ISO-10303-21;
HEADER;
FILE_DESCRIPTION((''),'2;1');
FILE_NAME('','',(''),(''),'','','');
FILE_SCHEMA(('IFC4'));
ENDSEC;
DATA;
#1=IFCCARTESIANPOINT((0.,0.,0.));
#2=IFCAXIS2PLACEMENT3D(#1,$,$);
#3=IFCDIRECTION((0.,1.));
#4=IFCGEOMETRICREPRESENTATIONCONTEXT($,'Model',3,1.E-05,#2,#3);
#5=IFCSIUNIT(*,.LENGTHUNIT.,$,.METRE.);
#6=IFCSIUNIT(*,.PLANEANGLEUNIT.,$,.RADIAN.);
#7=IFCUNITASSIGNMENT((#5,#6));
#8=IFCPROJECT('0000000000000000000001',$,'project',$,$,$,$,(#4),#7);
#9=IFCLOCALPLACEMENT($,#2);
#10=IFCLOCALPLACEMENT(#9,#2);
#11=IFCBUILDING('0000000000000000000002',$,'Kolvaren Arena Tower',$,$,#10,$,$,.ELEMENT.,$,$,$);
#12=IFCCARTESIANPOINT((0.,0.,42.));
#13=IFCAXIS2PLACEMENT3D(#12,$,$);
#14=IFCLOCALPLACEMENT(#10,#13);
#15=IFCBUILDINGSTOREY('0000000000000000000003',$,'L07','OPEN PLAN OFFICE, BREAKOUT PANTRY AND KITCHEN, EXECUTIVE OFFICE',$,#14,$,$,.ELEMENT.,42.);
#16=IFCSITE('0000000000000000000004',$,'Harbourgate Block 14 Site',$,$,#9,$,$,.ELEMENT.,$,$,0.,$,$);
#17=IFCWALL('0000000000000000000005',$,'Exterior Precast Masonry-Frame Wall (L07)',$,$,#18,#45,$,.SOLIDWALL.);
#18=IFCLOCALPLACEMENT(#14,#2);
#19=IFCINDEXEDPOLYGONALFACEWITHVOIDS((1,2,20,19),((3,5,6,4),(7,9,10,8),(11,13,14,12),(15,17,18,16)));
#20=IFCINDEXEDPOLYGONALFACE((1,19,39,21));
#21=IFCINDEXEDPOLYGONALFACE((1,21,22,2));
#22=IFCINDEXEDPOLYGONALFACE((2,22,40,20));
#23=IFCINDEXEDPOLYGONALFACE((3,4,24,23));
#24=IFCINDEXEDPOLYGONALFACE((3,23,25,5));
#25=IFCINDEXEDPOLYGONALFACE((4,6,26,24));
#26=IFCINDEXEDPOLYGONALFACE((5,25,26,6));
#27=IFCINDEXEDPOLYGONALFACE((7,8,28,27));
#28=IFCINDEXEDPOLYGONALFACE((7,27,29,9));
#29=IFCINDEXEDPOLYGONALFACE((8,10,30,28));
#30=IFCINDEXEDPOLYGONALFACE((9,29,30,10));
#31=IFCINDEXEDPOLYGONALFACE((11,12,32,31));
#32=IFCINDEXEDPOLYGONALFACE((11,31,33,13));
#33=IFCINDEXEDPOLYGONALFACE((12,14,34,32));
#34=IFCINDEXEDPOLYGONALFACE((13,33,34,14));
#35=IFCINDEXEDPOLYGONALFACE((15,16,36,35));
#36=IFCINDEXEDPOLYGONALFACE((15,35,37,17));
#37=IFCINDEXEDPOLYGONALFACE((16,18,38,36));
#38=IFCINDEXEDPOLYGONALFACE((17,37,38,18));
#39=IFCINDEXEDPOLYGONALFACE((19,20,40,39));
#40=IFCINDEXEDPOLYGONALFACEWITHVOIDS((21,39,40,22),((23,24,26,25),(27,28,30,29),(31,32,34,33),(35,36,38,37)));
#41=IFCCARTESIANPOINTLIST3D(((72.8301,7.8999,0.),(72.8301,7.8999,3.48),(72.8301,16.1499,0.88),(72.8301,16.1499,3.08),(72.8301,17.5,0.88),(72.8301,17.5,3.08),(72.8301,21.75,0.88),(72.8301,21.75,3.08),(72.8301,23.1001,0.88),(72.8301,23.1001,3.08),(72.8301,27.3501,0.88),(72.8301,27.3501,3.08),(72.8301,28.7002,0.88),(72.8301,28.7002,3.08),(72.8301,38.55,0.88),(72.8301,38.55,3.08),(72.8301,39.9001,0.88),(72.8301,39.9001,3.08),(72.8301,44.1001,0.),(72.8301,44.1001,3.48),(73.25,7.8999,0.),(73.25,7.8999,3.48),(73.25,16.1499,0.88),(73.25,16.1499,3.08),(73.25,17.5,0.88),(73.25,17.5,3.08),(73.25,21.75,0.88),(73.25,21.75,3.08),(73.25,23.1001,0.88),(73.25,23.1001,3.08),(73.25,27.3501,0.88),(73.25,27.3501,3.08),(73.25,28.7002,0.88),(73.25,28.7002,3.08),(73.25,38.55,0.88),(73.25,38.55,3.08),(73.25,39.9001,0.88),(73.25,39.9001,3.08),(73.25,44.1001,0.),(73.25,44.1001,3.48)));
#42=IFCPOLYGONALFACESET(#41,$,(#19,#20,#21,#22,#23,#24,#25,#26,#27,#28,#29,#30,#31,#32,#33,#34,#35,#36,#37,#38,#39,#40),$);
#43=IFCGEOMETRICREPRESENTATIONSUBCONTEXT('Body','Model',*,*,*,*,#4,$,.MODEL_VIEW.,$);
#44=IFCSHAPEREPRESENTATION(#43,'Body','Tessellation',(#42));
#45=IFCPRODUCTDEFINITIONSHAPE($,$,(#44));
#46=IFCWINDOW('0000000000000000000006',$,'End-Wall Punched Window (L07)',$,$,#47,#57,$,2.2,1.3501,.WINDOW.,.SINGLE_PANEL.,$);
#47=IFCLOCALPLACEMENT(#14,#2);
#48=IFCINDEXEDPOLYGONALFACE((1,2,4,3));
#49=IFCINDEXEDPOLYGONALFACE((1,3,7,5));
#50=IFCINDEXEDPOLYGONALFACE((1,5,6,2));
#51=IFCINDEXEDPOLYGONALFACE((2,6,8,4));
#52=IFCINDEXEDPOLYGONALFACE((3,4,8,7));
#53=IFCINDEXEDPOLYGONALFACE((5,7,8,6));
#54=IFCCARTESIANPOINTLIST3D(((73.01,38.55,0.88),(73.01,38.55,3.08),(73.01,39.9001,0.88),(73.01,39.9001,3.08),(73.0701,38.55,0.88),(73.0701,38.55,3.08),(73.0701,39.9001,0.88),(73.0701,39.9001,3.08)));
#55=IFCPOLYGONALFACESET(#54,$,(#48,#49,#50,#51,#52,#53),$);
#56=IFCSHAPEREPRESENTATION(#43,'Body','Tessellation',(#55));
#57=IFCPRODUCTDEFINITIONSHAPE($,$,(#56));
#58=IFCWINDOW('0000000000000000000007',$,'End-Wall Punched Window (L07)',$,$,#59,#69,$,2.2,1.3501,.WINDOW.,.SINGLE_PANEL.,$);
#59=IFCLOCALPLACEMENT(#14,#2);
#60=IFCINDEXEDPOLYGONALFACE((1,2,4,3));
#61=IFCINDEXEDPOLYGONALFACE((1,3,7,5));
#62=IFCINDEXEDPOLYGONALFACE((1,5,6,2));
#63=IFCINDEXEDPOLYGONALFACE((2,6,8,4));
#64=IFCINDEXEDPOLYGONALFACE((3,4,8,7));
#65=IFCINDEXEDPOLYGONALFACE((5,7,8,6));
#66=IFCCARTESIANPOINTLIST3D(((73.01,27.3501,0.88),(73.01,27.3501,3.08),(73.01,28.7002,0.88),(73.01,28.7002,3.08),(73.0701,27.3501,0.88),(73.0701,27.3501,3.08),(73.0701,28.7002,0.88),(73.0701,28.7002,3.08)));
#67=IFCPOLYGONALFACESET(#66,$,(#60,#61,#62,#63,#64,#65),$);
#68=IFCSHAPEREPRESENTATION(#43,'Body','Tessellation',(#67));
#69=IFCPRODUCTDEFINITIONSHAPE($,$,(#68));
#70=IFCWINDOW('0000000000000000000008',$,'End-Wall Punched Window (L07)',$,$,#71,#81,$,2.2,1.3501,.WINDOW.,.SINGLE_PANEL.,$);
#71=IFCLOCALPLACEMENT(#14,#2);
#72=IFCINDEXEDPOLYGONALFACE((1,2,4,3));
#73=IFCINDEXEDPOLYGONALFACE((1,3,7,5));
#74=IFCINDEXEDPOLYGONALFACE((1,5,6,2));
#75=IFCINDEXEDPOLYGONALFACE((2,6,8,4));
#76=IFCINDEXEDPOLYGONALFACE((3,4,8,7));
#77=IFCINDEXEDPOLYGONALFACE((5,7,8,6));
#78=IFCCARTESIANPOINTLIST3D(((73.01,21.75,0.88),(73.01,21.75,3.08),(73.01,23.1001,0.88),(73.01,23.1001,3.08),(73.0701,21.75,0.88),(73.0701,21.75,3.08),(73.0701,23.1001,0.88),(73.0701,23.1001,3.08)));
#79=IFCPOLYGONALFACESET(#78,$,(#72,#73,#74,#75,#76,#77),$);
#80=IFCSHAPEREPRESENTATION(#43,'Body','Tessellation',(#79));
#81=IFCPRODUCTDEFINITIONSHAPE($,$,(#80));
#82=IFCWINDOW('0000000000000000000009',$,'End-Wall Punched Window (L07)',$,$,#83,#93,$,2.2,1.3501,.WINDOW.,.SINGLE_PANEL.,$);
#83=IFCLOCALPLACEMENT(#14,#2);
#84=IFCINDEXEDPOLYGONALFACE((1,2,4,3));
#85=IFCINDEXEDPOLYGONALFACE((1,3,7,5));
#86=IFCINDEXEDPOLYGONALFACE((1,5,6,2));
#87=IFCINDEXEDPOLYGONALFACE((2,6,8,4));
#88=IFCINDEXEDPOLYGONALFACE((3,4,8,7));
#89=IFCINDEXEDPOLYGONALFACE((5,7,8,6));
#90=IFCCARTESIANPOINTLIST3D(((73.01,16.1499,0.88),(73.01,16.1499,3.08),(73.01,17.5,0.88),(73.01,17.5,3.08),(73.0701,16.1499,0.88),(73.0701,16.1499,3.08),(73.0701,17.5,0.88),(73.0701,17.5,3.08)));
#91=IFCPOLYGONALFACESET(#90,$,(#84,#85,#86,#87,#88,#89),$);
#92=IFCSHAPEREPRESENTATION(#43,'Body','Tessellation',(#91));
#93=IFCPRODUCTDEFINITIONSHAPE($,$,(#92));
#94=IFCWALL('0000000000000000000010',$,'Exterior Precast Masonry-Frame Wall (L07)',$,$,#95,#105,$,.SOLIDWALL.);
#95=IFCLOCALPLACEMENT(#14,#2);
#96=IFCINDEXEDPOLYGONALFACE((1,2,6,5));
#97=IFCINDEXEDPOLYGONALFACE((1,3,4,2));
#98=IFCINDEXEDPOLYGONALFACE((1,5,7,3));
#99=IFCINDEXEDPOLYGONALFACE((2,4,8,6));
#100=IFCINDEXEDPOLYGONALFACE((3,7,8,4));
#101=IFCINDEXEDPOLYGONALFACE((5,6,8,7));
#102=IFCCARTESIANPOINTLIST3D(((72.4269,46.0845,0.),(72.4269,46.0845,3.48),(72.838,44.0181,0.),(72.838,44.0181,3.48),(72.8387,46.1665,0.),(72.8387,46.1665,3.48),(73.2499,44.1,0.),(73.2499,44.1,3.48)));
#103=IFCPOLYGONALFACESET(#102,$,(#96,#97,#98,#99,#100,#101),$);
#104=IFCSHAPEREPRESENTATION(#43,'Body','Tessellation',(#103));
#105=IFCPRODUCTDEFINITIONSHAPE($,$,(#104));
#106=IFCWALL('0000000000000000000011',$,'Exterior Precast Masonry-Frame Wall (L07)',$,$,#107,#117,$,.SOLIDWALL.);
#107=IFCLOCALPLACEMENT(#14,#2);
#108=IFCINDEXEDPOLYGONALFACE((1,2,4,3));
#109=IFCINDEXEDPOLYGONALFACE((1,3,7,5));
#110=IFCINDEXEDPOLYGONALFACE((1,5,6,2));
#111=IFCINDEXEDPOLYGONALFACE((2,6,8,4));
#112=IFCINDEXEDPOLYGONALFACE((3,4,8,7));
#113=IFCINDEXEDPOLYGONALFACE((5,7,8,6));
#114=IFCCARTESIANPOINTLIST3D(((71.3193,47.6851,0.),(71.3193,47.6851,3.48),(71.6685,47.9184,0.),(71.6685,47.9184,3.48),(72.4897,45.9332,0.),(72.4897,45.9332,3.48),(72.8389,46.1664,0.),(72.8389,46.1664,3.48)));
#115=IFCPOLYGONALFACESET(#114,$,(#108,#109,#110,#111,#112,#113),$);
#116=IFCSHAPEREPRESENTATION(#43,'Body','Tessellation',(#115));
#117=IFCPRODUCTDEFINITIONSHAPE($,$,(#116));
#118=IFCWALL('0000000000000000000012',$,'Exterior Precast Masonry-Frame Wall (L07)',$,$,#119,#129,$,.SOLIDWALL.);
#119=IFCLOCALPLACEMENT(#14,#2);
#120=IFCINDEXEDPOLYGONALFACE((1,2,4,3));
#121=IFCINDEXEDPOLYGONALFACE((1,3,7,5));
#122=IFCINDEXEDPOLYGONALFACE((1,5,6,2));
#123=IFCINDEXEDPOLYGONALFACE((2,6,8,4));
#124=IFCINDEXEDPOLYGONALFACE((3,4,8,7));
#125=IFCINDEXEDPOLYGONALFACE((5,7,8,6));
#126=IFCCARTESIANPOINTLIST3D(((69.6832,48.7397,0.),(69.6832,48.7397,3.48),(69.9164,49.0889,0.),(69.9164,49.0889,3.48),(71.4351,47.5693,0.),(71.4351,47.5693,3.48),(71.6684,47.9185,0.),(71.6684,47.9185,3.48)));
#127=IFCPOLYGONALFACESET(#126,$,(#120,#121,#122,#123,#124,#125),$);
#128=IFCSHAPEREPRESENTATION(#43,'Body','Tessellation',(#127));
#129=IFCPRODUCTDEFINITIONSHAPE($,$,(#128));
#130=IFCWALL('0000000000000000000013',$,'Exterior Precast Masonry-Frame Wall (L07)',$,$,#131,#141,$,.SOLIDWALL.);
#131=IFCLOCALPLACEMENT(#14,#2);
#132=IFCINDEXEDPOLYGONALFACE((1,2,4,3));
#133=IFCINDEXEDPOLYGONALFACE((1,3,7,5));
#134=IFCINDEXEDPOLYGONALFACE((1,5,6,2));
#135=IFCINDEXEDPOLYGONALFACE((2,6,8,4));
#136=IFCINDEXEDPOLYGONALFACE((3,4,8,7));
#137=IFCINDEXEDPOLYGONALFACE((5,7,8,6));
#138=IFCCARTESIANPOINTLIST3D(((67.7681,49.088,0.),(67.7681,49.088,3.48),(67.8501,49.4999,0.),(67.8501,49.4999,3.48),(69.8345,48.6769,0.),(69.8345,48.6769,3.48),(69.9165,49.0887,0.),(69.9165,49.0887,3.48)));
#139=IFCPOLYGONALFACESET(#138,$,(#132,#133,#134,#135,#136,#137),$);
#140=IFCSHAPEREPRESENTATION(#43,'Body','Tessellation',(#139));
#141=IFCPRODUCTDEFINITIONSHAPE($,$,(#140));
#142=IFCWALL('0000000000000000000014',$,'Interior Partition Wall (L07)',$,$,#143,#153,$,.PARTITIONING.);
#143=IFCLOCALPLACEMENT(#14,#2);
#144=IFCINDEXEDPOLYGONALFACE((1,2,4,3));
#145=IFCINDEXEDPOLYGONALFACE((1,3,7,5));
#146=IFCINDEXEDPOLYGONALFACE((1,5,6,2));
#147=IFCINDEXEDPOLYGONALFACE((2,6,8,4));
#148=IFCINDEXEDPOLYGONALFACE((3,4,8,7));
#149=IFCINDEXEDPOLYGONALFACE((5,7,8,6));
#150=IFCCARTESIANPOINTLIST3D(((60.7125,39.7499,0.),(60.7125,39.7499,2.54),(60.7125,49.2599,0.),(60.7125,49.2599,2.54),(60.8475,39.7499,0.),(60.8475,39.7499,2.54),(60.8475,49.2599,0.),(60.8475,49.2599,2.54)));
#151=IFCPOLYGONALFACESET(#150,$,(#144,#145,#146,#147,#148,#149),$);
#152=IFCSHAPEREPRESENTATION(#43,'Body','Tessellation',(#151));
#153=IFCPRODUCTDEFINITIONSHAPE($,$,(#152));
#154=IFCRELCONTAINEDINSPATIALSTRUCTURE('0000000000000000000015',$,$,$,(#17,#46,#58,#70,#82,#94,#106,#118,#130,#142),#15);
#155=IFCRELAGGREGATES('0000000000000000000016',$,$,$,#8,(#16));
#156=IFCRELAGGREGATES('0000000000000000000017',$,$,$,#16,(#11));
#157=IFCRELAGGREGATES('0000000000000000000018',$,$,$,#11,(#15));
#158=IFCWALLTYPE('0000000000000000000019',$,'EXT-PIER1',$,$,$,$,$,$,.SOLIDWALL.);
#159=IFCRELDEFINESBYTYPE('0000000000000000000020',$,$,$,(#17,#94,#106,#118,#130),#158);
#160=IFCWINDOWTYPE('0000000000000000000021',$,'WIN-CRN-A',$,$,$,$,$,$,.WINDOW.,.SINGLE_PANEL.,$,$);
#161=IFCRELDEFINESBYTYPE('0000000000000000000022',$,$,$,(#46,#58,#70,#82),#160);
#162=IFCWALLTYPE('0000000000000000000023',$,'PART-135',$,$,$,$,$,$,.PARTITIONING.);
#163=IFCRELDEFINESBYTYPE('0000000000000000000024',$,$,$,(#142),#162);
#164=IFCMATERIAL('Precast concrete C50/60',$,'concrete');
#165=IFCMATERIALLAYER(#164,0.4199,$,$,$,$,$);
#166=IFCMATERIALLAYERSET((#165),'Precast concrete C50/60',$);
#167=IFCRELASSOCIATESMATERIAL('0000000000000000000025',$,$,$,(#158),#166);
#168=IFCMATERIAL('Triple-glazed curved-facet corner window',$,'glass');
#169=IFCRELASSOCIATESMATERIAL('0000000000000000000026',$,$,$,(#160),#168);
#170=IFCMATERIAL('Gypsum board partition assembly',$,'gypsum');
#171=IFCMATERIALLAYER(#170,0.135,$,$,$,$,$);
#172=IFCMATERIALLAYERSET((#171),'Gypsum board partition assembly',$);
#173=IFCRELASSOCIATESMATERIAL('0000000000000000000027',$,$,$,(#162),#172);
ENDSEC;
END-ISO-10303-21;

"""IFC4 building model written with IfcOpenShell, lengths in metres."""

from ifc_helpers import new_model, si_unit, direction, frame, frame_2d, origin, place, context, subcontext, project, spatial, rectangle, extrude, material, layer, layer_set, type_object, element, fill, save


model = new_model("IFC4")

# Units and contexts
model_context = context("Model", 3, precision=1e-05, world=origin(), true_north=direction((0.0, 1.0)))
body_context = subcontext(model_context, "Body", "Model", "MODEL_VIEW")
ifc_project = project(units=[si_unit("LENGTHUNIT", "METRE"), si_unit("PLANEANGLEUNIT", "RADIAN")], contexts=[model_context])

# Site, building, storey
site_placement = place(None, origin())
site = spatial("IfcSite", under=ifc_project, at=site_placement, Name="Harbourgate Block 14 Site", CompositionType="ELEMENT", RefElevation=0.0)
building_placement = place(site_placement, origin())
building = spatial("IfcBuilding", under=site, at=building_placement, Name="Kolvaren Arena Tower", CompositionType="ELEMENT")
storey_placement = place(building_placement, frame((0.0, 0.0, 42.0)))
storey = spatial("IfcBuildingStorey", under=building, at=storey_placement, Name="L07", Description="OPEN PLAN OFFICE, BREAKOUT PANTRY AND KITCHEN, EXECUTIVE OFFICE", CompositionType="ELEMENT", Elevation=42.0)

# Wall, openings, windows
ifc_material_1 = material(Name="Precast concrete C50/60", Category="concrete")
ifc_layer_1 = layer(ifc_material_1, 0.4199)
ifc_layer_set_1 = layer_set([ifc_layer_1], Name="Precast concrete C50/60")
wall_type_1 = type_object("IfcWallType", Name="EXT-PIER1", PredefinedType="SOLIDWALL", material=ifc_layer_set_1)
wall_1_placement = place(storey_placement, frame((73.04, 44.1001, 0.0), z_axis=(0.0, 0.0, 1.0), x_axis=(0.0, -1.0, 0.0)))
wall_1 = element("IfcWall", 1, at=wall_1_placement, inside=storey, type_object=wall_type_1, Name="Exterior Precast Masonry-Frame Wall (L07)", PredefinedType="SOLIDWALL", context=body_context, shape_type="SweptSolid", body=[
    extrude(rectangle(XDim=36.2002, YDim=0.4199, at=frame_2d((18.1001, 0.0))), origin(), (0.0, 0.0, 1.0), 3.48),
])
opening_1_placement = place(wall_1_placement, frame((4.2, 0.0, 0.8799)))
opening_1 = element("IfcOpeningElement", 2, at=opening_1_placement, cuts=wall_1, PredefinedType="OPENING", context=body_context, shape_type="SweptSolid", body=[
    extrude(rectangle(XDim=1.3501, YDim=2.2, at=frame_2d((0.675, 1.1001))), frame((0.0, 0.22, 0.0), z_axis=(0.0, -1.0, 0.0), x_axis=(1.0, 0.0, 0.0)), (0.0, 0.0, 1.0), 0.4399),
])
opening_2_placement = place(wall_1_placement, frame((15.3999, 0.0, 0.8799)))
opening_2 = element("IfcOpeningElement", 3, at=opening_2_placement, cuts=wall_1, PredefinedType="OPENING", context=body_context, shape_type="SweptSolid", body=[
    extrude(rectangle(XDim=1.3501, YDim=2.2, at=frame_2d((0.675, 1.1001))), frame((0.0, 0.22, 0.0), z_axis=(0.0, -1.0, 0.0), x_axis=(1.0, 0.0, 0.0)), (0.0, 0.0, 1.0), 0.4399),
])
opening_3_placement = place(wall_1_placement, frame((21.0, 0.0, 0.8799)))
opening_3 = element("IfcOpeningElement", 4, at=opening_3_placement, cuts=wall_1, PredefinedType="OPENING", context=body_context, shape_type="SweptSolid", body=[
    extrude(rectangle(XDim=1.3501, YDim=2.2, at=frame_2d((0.675, 1.1001))), frame((0.0, 0.22, 0.0), z_axis=(0.0, -1.0, 0.0), x_axis=(1.0, 0.0, 0.0)), (0.0, 0.0, 1.0), 0.4399),
])
opening_4_placement = place(wall_1_placement, frame((26.6001, 0.0, 0.8799)))
opening_4 = element("IfcOpeningElement", 5, at=opening_4_placement, cuts=wall_1, PredefinedType="OPENING", context=body_context, shape_type="SweptSolid", body=[
    extrude(rectangle(XDim=1.3501, YDim=2.2, at=frame_2d((0.675, 1.1001))), frame((0.0, 0.22, 0.0), z_axis=(0.0, -1.0, 0.0), x_axis=(1.0, 0.0, 0.0)), (0.0, 0.0, 1.0), 0.4399),
])
ifc_material_2 = material(Name="Triple-glazed curved-facet corner window", Category="glass")
window_type = type_object("IfcWindowType", Name="WIN-CRN-A", PartitioningType="SINGLE_PANEL", PredefinedType="WINDOW", material=ifc_material_2)
window_1_placement = place(opening_1_placement, origin())
window_1 = element("IfcWindow", 6, at=window_1_placement, inside=storey, type_object=window_type, Name="End-Wall Punched Window (L07)", OverallHeight=2.2, OverallWidth=1.3501, PartitioningType="SINGLE_PANEL", PredefinedType="WINDOW", context=body_context, shape_type="SweptSolid", body=[
    extrude(rectangle(XDim=1.3501, YDim=2.2, at=frame_2d((0.675, 1.1001))), frame((0.0, 0.03, 0.0), z_axis=(0.0, -1.0, 0.0), x_axis=(1.0, 0.0, 0.0)), (0.0, 0.0, 1.0), 0.0601),
])
fill(opening_1, window_1)
window_2_placement = place(opening_2_placement, origin())
window_2 = element("IfcWindow", 7, at=window_2_placement, inside=storey, type_object=window_type, Name="End-Wall Punched Window (L07)", OverallHeight=2.2, OverallWidth=1.3501, PartitioningType="SINGLE_PANEL", PredefinedType="WINDOW", context=body_context, shape_type="SweptSolid", body=[
    extrude(rectangle(XDim=1.3501, YDim=2.2, at=frame_2d((0.675, 1.1001))), frame((0.0, 0.03, 0.0), z_axis=(0.0, -1.0, 0.0), x_axis=(1.0, 0.0, 0.0)), (0.0, 0.0, 1.0), 0.0601),
])
fill(opening_2, window_2)
window_3_placement = place(opening_3_placement, origin())
window_3 = element("IfcWindow", 8, at=window_3_placement, inside=storey, type_object=window_type, Name="End-Wall Punched Window (L07)", OverallHeight=2.2, OverallWidth=1.3501, PartitioningType="SINGLE_PANEL", PredefinedType="WINDOW", context=body_context, shape_type="SweptSolid", body=[
    extrude(rectangle(XDim=1.3501, YDim=2.2, at=frame_2d((0.675, 1.1001))), frame((0.0, 0.03, 0.0), z_axis=(0.0, -1.0, 0.0), x_axis=(1.0, 0.0, 0.0)), (0.0, 0.0, 1.0), 0.0601),
])
fill(opening_3, window_3)
window_4_placement = place(opening_4_placement, origin())
window_4 = element("IfcWindow", 9, at=window_4_placement, inside=storey, type_object=window_type, Name="End-Wall Punched Window (L07)", OverallHeight=2.2, OverallWidth=1.3501, PartitioningType="SINGLE_PANEL", PredefinedType="WINDOW", context=body_context, shape_type="SweptSolid", body=[
    extrude(rectangle(XDim=1.3501, YDim=2.2, at=frame_2d((0.675, 1.1001))), frame((0.0, 0.03, 0.0), z_axis=(0.0, -1.0, 0.0), x_axis=(1.0, 0.0, 0.0)), (0.0, 0.0, 1.0), 0.0601),
])
fill(opening_4, window_4)

# Walls
for number, where, z_axis, x_axis, name in (
    (10, (72.6328, 46.1255, 0.0), (0.0, 0.0, 1.0), (0.195136, -0.980776, 0.0), "Exterior Precast Masonry-Frame Wall (L07)"),
    (11, (71.4939, 47.8018, 0.0), (0.0, 0.0, 1.0), (0.555502, -0.831515, 0.0), "Exterior Precast Masonry-Frame Wall (L07)"),
    (12, (69.7998, 48.9143, 0.0), (0.0, 0.0, 1.0), (0.831515, -0.555502, 0.0), "Exterior Precast Masonry-Frame Wall (L07)"),
    (13, (67.8091, 49.2939, 0.0), (0.0, 0.0, 1.0), (0.980776, -0.195136, 0.0), "Exterior Precast Masonry-Frame Wall (L07)"),
):
    element("IfcWall", number, at=place(storey_placement, frame(where, z_axis=z_axis, x_axis=x_axis)), inside=storey, type_object=wall_type_1, Name=name, PredefinedType="SOLIDWALL", context=body_context, shape_type="SweptSolid", body=[
        extrude(rectangle(XDim=2.1069, YDim=0.4199, at=frame_2d((1.0535, 0.0))), origin(), (0.0, 0.0, 1.0), 3.48),
    ])
ifc_material_3 = material(Name="Gypsum board partition assembly", Category="gypsum")
ifc_layer_2 = layer(ifc_material_3, 0.135)
ifc_layer_set_2 = layer_set([ifc_layer_2], Name="Gypsum board partition assembly")
wall_type_2 = type_object("IfcWallType", Name="PART-135", PredefinedType="PARTITIONING", material=ifc_layer_set_2)
wall_2_placement = place(storey_placement, frame((60.78, 39.75, 0.0), z_axis=(0.0, 0.0, 1.0), x_axis=(0.0, 1.0, 0.0)))
element("IfcWall", 14, at=wall_2_placement, inside=storey, type_object=wall_type_2, Name="Interior Partition Wall (L07)", PredefinedType="PARTITIONING", context=body_context, shape_type="SweptSolid", body=[
    extrude(rectangle(XDim=9.51, YDim=0.135, at=frame_2d((4.7549, 0.0))), origin(), (0.0, 0.0, 1.0), 2.54),
])

save(model, "model.ifc")
